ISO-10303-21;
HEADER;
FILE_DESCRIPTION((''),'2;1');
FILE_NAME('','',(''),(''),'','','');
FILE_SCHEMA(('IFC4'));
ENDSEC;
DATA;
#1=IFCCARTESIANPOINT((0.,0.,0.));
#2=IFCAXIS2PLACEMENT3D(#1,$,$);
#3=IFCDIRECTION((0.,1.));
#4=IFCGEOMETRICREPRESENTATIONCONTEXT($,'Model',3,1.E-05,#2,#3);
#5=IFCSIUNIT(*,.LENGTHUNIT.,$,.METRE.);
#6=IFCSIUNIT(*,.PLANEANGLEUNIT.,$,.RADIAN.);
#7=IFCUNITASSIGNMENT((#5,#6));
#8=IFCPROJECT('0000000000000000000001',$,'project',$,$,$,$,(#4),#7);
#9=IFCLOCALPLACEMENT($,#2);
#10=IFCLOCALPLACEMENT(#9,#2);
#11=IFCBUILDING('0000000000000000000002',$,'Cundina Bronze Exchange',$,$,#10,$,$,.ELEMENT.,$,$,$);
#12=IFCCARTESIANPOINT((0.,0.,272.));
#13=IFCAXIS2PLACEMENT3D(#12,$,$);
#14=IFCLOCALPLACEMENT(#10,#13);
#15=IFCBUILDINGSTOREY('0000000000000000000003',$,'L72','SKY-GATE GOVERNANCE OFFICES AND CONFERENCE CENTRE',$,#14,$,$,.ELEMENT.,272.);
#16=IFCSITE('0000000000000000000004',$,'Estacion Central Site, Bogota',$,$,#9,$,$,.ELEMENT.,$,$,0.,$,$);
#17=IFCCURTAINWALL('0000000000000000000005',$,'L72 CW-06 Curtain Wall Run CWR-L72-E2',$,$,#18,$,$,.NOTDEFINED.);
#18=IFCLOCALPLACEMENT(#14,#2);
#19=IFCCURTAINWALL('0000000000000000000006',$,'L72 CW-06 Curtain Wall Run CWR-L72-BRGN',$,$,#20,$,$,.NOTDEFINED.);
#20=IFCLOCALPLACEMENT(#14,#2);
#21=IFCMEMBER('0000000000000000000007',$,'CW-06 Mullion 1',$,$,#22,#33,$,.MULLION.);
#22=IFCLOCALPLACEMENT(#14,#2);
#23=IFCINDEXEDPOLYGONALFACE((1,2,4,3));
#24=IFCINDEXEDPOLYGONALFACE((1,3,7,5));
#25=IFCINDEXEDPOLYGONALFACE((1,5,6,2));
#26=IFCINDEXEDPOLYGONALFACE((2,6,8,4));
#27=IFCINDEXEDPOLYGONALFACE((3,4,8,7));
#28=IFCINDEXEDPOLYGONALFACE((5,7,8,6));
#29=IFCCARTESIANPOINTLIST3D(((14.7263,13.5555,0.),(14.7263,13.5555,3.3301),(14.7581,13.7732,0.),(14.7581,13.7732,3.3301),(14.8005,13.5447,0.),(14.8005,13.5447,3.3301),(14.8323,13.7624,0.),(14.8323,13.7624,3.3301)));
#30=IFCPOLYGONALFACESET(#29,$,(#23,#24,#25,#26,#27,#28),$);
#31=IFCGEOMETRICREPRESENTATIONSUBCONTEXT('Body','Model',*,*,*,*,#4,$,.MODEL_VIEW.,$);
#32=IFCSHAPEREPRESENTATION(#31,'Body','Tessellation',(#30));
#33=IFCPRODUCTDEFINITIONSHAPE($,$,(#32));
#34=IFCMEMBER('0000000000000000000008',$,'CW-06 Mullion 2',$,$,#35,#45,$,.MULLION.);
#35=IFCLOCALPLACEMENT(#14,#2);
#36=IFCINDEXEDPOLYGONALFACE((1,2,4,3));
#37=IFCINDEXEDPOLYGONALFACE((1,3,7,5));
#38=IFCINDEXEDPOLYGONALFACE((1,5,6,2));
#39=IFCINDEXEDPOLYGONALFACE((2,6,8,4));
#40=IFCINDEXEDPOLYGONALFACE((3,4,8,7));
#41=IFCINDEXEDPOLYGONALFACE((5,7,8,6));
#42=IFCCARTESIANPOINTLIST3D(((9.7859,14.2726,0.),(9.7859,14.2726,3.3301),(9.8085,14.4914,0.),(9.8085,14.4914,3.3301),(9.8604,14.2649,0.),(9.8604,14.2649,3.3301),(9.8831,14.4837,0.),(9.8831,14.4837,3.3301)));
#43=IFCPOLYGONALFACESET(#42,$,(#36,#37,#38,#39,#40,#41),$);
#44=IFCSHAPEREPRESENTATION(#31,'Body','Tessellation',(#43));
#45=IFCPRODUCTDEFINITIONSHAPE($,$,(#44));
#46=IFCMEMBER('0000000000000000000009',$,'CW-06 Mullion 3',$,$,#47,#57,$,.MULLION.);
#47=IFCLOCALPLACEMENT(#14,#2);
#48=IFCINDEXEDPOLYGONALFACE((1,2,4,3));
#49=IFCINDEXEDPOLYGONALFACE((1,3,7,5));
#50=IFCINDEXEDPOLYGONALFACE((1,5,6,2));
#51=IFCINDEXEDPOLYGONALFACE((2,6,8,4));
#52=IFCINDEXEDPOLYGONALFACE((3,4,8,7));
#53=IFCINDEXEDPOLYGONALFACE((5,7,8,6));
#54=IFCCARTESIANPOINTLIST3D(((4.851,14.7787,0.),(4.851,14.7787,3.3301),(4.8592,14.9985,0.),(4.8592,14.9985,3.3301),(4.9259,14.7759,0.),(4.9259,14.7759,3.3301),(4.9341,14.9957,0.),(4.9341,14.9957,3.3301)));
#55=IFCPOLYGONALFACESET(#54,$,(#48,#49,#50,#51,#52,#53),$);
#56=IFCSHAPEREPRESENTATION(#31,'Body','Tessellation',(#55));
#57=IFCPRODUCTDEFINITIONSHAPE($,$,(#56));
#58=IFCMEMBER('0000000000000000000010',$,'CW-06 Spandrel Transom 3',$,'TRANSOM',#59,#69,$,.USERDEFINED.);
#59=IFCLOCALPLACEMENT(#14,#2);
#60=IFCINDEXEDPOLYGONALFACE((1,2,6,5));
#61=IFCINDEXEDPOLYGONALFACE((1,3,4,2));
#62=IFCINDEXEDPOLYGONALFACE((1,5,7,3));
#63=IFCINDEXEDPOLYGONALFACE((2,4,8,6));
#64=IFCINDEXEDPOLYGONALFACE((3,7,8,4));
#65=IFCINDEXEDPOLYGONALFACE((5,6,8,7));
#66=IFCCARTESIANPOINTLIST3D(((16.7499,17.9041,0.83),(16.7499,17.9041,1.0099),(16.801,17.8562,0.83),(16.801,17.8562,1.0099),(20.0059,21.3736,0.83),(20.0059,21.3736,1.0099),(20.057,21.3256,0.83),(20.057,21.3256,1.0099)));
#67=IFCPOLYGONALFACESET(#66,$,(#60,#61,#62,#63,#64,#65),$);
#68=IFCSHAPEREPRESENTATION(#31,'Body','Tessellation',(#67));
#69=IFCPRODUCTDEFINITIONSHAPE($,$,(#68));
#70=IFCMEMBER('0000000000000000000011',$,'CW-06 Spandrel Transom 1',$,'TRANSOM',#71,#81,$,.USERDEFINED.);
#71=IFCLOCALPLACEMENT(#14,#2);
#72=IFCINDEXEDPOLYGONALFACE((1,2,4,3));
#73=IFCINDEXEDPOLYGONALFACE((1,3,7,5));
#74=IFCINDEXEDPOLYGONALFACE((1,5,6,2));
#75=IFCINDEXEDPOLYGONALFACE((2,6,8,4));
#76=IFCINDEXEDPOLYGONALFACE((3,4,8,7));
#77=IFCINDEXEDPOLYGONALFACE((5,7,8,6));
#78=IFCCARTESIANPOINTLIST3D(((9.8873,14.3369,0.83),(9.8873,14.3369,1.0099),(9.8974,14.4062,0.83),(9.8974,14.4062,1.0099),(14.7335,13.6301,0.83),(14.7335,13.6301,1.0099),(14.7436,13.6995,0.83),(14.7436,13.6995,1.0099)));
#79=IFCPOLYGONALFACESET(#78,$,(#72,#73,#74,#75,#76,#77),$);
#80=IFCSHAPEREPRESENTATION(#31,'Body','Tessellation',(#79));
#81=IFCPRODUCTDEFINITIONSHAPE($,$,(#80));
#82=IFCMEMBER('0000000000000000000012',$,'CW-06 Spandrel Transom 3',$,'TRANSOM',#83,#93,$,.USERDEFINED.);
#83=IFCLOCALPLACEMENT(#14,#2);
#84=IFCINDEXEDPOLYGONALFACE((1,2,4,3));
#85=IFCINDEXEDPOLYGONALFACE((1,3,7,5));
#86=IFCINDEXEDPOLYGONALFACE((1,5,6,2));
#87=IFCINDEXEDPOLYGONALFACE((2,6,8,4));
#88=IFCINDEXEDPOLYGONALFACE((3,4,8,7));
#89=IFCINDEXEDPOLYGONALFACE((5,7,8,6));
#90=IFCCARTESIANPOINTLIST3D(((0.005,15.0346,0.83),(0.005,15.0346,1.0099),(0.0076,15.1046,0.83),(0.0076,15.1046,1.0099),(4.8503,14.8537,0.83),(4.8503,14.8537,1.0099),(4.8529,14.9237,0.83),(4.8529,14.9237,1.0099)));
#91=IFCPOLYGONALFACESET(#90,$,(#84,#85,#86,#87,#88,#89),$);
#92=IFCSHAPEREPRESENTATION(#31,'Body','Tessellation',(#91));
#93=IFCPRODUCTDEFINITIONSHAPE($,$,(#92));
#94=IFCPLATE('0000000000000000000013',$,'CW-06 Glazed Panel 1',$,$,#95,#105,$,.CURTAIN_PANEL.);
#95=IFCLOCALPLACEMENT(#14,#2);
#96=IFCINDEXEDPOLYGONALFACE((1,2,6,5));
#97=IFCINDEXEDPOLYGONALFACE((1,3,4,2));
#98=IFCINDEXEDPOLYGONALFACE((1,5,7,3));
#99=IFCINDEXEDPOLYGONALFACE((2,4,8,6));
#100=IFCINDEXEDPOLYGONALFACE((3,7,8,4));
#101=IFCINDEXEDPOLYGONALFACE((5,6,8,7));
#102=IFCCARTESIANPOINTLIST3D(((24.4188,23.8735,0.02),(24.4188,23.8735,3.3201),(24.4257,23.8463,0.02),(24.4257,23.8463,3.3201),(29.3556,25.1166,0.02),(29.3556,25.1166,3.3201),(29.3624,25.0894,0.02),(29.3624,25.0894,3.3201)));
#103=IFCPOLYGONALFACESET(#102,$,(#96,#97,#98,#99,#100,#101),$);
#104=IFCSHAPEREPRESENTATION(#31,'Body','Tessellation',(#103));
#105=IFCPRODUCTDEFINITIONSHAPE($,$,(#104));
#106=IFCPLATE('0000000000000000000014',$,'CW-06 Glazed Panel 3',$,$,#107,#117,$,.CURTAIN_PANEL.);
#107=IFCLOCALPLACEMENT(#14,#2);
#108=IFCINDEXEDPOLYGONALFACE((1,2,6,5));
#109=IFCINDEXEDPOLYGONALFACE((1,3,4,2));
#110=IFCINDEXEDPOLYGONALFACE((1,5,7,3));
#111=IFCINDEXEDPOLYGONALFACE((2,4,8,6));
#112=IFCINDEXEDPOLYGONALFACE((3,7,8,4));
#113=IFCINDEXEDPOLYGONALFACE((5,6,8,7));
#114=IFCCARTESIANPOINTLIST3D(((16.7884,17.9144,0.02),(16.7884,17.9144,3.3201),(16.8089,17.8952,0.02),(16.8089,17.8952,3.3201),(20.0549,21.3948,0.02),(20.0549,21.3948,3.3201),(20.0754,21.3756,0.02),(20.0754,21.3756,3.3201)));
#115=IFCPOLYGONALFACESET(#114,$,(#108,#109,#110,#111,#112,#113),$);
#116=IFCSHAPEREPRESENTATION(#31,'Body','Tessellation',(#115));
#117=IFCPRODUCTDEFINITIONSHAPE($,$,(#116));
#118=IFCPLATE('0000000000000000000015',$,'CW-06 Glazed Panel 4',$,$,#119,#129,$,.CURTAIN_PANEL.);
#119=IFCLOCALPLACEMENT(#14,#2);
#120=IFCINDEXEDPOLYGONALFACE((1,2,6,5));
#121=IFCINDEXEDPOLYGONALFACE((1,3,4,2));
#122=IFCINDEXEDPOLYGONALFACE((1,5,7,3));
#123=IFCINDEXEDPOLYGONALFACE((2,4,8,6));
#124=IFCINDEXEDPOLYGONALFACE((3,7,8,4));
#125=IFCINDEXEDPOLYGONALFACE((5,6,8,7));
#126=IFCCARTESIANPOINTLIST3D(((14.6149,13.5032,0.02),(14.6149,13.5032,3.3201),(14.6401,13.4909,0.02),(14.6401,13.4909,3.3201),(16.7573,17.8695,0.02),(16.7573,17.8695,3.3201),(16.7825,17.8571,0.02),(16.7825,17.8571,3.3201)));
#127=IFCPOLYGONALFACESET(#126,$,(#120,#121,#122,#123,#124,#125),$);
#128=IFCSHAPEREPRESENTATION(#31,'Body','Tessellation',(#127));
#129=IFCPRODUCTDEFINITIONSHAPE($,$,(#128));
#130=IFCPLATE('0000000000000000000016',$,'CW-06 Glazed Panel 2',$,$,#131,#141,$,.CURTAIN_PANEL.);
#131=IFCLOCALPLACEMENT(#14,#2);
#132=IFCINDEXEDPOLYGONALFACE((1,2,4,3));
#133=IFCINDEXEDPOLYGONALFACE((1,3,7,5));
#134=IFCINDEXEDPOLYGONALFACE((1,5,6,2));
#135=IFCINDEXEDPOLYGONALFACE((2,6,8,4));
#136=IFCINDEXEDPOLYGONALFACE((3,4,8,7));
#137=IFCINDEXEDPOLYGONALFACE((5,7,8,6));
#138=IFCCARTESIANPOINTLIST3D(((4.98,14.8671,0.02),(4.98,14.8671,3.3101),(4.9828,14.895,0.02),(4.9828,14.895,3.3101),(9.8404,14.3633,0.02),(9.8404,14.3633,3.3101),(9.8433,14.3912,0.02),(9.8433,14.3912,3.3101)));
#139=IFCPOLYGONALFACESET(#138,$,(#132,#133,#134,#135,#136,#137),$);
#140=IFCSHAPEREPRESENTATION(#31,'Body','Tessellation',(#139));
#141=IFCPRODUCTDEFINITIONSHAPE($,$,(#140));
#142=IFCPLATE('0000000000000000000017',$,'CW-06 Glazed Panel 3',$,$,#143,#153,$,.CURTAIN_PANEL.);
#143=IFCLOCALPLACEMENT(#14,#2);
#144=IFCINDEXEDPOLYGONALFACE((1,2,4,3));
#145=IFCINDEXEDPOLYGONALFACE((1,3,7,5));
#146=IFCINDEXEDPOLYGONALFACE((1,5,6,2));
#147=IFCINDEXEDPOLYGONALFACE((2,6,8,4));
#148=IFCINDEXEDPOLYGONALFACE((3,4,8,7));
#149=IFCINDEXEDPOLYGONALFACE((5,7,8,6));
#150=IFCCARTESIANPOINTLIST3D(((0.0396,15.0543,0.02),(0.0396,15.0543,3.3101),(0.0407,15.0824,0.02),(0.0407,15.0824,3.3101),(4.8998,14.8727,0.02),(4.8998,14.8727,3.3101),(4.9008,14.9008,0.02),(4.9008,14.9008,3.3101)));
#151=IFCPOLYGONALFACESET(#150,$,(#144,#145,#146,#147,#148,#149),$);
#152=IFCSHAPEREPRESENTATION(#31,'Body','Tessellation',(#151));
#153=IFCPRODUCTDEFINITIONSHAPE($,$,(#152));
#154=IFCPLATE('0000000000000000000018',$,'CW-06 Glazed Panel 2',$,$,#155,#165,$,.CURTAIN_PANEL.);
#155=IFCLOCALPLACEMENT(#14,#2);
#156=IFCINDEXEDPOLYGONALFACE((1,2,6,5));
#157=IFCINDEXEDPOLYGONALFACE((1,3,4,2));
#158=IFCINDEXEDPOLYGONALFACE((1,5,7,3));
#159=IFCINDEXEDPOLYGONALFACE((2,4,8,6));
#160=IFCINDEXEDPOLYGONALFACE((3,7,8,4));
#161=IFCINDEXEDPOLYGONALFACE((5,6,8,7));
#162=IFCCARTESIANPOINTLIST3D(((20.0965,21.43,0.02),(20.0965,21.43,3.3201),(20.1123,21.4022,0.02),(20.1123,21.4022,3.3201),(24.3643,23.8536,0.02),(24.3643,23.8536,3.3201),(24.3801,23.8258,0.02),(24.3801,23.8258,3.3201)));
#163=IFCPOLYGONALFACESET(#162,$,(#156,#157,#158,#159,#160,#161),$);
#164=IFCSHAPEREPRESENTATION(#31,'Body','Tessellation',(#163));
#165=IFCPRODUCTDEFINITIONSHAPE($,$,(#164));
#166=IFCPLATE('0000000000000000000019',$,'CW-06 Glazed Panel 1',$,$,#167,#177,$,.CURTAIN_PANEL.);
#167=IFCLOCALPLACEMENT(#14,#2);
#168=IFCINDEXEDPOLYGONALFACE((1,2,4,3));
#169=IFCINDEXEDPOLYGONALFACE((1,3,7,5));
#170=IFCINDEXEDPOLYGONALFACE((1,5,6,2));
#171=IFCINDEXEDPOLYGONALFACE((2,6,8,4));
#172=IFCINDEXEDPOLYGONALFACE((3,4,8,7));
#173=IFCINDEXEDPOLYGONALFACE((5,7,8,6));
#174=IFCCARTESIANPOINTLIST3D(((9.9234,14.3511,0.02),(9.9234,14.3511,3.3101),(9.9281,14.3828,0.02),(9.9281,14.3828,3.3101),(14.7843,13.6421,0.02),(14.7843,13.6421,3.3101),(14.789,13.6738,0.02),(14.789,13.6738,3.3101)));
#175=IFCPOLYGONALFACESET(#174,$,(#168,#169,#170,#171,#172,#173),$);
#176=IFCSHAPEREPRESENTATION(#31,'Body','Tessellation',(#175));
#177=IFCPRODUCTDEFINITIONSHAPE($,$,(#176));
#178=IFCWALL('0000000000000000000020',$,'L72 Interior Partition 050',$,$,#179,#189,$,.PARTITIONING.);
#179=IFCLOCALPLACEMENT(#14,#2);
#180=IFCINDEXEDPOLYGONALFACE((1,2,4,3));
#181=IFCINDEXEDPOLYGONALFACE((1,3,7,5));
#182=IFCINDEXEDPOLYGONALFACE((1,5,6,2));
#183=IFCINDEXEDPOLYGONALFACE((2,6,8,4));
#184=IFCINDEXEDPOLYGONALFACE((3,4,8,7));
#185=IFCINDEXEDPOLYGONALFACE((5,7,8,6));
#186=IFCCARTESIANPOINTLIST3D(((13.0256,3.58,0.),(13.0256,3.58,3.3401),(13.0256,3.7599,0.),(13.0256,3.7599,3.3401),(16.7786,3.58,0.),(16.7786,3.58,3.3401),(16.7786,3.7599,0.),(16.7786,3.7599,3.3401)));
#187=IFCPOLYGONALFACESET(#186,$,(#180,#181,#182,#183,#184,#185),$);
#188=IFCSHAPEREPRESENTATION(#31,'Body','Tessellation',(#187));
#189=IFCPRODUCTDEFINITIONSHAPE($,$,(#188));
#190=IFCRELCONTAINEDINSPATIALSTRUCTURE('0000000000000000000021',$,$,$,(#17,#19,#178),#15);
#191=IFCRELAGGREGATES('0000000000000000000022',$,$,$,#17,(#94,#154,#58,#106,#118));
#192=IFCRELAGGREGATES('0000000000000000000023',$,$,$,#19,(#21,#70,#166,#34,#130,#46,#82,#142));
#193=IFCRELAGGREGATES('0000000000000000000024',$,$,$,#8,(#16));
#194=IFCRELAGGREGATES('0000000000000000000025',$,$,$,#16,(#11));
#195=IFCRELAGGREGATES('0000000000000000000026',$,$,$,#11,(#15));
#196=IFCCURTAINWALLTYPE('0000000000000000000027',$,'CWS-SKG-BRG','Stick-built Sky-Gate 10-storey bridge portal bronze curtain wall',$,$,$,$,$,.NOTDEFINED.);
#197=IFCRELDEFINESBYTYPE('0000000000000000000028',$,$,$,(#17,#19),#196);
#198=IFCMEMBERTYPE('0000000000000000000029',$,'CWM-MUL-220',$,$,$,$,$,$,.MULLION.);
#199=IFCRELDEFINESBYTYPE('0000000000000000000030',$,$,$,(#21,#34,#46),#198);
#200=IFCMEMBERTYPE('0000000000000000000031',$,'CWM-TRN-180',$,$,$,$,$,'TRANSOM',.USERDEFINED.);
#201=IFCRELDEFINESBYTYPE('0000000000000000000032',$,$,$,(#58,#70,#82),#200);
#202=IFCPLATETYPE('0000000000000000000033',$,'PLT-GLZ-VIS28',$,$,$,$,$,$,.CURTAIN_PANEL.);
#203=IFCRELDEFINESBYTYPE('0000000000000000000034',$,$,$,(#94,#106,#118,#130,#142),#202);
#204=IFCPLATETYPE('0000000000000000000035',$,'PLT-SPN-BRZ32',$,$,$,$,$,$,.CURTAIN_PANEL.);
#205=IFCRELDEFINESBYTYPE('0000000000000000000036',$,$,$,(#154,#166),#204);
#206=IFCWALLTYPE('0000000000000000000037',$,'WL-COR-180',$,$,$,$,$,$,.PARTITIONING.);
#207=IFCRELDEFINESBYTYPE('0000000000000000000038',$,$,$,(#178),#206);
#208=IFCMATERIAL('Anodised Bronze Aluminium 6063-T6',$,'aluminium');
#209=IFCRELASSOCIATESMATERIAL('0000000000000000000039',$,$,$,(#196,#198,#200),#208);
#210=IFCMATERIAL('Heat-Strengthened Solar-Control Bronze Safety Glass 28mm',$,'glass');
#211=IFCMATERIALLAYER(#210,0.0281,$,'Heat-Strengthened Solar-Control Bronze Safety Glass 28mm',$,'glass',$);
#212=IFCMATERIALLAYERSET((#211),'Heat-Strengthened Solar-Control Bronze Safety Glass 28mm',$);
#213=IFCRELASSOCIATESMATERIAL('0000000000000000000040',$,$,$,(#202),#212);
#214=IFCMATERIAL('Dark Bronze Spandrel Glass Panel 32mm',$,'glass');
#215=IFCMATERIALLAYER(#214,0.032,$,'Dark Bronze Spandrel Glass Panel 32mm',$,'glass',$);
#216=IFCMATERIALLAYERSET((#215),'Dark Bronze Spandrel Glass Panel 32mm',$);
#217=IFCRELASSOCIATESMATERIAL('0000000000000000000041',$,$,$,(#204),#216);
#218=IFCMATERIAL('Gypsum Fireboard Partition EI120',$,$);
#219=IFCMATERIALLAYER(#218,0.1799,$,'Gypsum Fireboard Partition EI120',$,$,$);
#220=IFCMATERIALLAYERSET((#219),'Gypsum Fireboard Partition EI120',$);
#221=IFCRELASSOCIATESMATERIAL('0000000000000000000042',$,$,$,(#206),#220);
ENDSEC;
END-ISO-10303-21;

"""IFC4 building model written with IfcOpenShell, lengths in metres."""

from ifc_helpers import new_model, si_unit, direction, frame, frame_2d, origin, origin_2d, place, context, subcontext, project, spatial, rectangle, extrude, material, layer, layer_set, material_profile, profile_set, type_object, element, aggregate, save


model = new_model("IFC4")

# Units and contexts
model_context = context("Model", 3, precision=1e-05, world=origin(), true_north=direction((0.0, 1.0)))
body_context = subcontext(model_context, "Body", "Model", "MODEL_VIEW")
ifc_project = project(units=[si_unit("LENGTHUNIT", "METRE"), si_unit("PLANEANGLEUNIT", "RADIAN")], contexts=[model_context])

# Site, building, storey
site_placement = place(None, origin())
site = spatial("IfcSite", under=ifc_project, at=site_placement, Name="Estacion Central Site, Bogota", CompositionType="ELEMENT", RefElevation=0.0)
building_placement = place(site_placement, origin())
building = spatial("IfcBuilding", under=site, at=building_placement, Name="Cundina Bronze Exchange", CompositionType="ELEMENT")
storey_placement = place(building_placement, frame((0.0, 0.0, 272.0)))
storey = spatial("IfcBuildingStorey", under=building, at=storey_placement, Name="L72", Description="SKY-GATE GOVERNANCE OFFICES AND CONFERENCE CENTRE", CompositionType="ELEMENT", Elevation=272.0)

# Curtain walls, members
ifc_material_1 = material(Name="Anodised Bronze Aluminium 6063-T6", Category="aluminium")
curtain_wall_type = type_object("IfcCurtainWallType", Name="CWS-SKG-BRG", Description="Stick-built Sky-Gate 10-storey bridge portal bronze curtain wall", PredefinedType="NOTDEFINED", material=ifc_material_1)
curtain_wall_1_placement = place(storey_placement, origin())
curtain_wall_1 = element("IfcCurtainWall", 1, at=curtain_wall_1_placement, inside=storey, type_object=curtain_wall_type, Name="L72 CW-06 Curtain Wall Run CWR-L72-E2", PredefinedType="NOTDEFINED")
ifc_material_profile_1 = material_profile(ifc_material_1, rectangle(XDim=0.075, YDim=0.22, at=origin_2d()), Name="AL75X220", Category="aluminium")
ifc_profile_set_1 = profile_set([ifc_material_profile_1], Name="Anodised Bronze Aluminium 6063-T6")
member_type_1 = type_object("IfcMemberType", Name="CWM-MUL-220", PredefinedType="MULLION", material=ifc_profile_set_1)
curtain_wall_2_placement = place(storey_placement, origin())
curtain_wall_2 = element("IfcCurtainWall", 2, at=curtain_wall_2_placement, inside=storey, type_object=curtain_wall_type, Name="L72 CW-06 Curtain Wall Run CWR-L72-BRGN", PredefinedType="NOTDEFINED")
member_1_placement = place(storey_placement, frame((14.7793, 13.6589, 0.0), z_axis=(0.0, 0.0, 1.0), x_axis=(-0.989526, 0.144356, 0.0)))
member_1 = element("IfcMember", 3, at=member_1_placement, type_object=member_type_1, Name="CW-06 Mullion 1", PredefinedType="MULLION", context=body_context, shape_type="SweptSolid", body=[
    extrude(rectangle(XDim=0.075, YDim=0.22, at=origin_2d()), origin(), (0.0, 0.0, 1.0), 3.3301),
])
member_2_placement = place(storey_placement, frame((9.8345, 14.3782, 0.0), z_axis=(0.0, 0.0, 1.0), x_axis=(-0.994667, 0.10314, 0.0)))
member_2 = element("IfcMember", 4, at=member_2_placement, type_object=member_type_1, Name="CW-06 Mullion 2", PredefinedType="MULLION", context=body_context, shape_type="SweptSolid", body=[
    extrude(rectangle(XDim=0.075, YDim=0.22, at=origin_2d()), origin(), (0.0, 0.0, 1.0), 3.3301),
])
member_3_placement = place(storey_placement, frame((4.8926, 14.8872, 0.0), z_axis=(0.0, 0.0, 1.0), x_axis=(-0.999303, 0.037341, 0.0)))
member_3 = element("IfcMember", 5, at=member_3_placement, type_object=member_type_1, Name="CW-06 Mullion 3", PredefinedType="MULLION", context=body_context, shape_type="SweptSolid", body=[
    extrude(rectangle(XDim=0.075, YDim=0.22, at=origin_2d()), origin(), (0.0, 0.0, 1.0), 3.3301),
])

# Members
ifc_material_profile_2 = material_profile(ifc_material_1, rectangle(XDim=0.0701, YDim=0.1799, at=origin_2d()), Name="AL70X180", Category="aluminium")
ifc_profile_set_2 = profile_set([ifc_material_profile_2], Name="Anodised Bronze Aluminium 6063-T6")
member_type_2 = type_object("IfcMemberType", Name="CWM-TRN-180", ElementType="TRANSOM", PredefinedType="USERDEFINED", material=ifc_profile_set_2)
member_4_placement = place(storey_placement, frame((20.0315, 21.3496, 0.9199), z_axis=(-0.684328, -0.729174, 0.0), x_axis=(0.729174, -0.684328, 0.0)))
member_4 = element("IfcMember", 6, at=member_4_placement, type_object=member_type_2, Name="CW-06 Spandrel Transom 3", ObjectType="TRANSOM", PredefinedType="USERDEFINED", context=body_context, shape_type="SweptSolid", body=[
    extrude(rectangle(XDim=0.0701, YDim=0.1799, at=origin_2d()), origin(), (0.0, 0.0, 1.0), 4.7581),
])
member_5_placement = place(storey_placement, frame((14.7385, 13.6648, 0.9199), z_axis=(-0.989531, 0.144317, 0.0), x_axis=(-0.144317, -0.989531, 0.0)))
member_5 = element("IfcMember", 7, at=member_5_placement, type_object=member_type_2, Name="CW-06 Spandrel Transom 1", ObjectType="TRANSOM", PredefinedType="USERDEFINED", context=body_context, shape_type="SweptSolid", body=[
    extrude(rectangle(XDim=0.0701, YDim=0.1799, at=origin_2d()), origin(), (0.0, 0.0, 1.0), 4.8975),
])
member_6_placement = place(storey_placement, frame((4.8516, 14.8887, 0.9199), z_axis=(-0.999304, 0.037312, 0.0), x_axis=(-0.037312, -0.999304, 0.0)))
member_6 = element("IfcMember", 8, at=member_6_placement, type_object=member_type_2, Name="CW-06 Spandrel Transom 3", ObjectType="TRANSOM", PredefinedType="USERDEFINED", context=body_context, shape_type="SweptSolid", body=[
    extrude(rectangle(XDim=0.0701, YDim=0.1799, at=origin_2d()), origin(), (0.0, 0.0, 1.0), 4.8486),
])

# Plates
ifc_material_2 = material(Name="Heat-Strengthened Solar-Control Bronze Safety Glass 28mm", Category="glass")
ifc_layer_1 = layer(ifc_material_2, 0.0281, Name="Heat-Strengthened Solar-Control Bronze Safety Glass 28mm", Category="glass")
ifc_layer_set_1 = layer_set([ifc_layer_1], Name="Heat-Strengthened Solar-Control Bronze Safety Glass 28mm")
plate_type_1 = type_object("IfcPlateType", Name="PLT-GLZ-VIS28", PredefinedType="CURTAIN_PANEL", material=ifc_layer_set_1)
plate_1_placement = place(storey_placement, frame((26.8906, 24.4814, 0.02), z_axis=(0.0, 0.0, 1.0), x_axis=(-0.969732, -0.244174, 0.0)))
plate_1 = element("IfcPlate", 9, at=plate_1_placement, type_object=plate_type_1, Name="CW-06 Glazed Panel 1", PredefinedType="CURTAIN_PANEL", context=body_context, shape_type="SweptSolid", body=[
    extrude(rectangle(XDim=5.0908, YDim=0.0281, at=origin_2d()), origin(), (0.0, 0.0, 1.0), 3.3),
])
plate_2_placement = place(storey_placement, frame((18.4319, 19.645, 0.02), z_axis=(0.0, 0.0, 1.0), x_axis=(-0.684344, -0.72916, 0.0)))
plate_2 = element("IfcPlate", 10, at=plate_2_placement, type_object=plate_type_1, Name="CW-06 Glazed Panel 3", PredefinedType="CURTAIN_PANEL", context=body_context, shape_type="SweptSolid", body=[
    extrude(rectangle(XDim=4.7732, YDim=0.0281, at=origin_2d()), origin(), (0.0, 0.0, 1.0), 3.3),
])
plate_3_placement = place(storey_placement, frame((15.6987, 15.6802, 0.02), z_axis=(0.0, 0.0, 1.0), x_axis=(-0.440503, -0.897751, 0.0)))
plate_3 = element("IfcPlate", 11, at=plate_3_placement, type_object=plate_type_1, Name="CW-06 Glazed Panel 4", PredefinedType="CURTAIN_PANEL", context=body_context, shape_type="SweptSolid", body=[
    extrude(rectangle(XDim=4.8635, YDim=0.0281, at=origin_2d()), origin(), (0.0, 0.0, 1.0), 3.3),
])
plate_4_placement = place(storey_placement, frame((7.4116, 14.6292, 0.02), z_axis=(0.0, 0.0, 1.0), x_axis=(-0.994672, 0.103088, 0.0)))
plate_4 = element("IfcPlate", 12, at=plate_4_placement, type_object=plate_type_1, Name="CW-06 Glazed Panel 2", PredefinedType="CURTAIN_PANEL", context=body_context, shape_type="SweptSolid", body=[
    extrude(rectangle(XDim=4.8865, YDim=0.0281, at=origin_2d()), origin(), (0.0, 0.0, 1.0), 3.29),
])
plate_5_placement = place(storey_placement, frame((2.4702, 14.9775, 0.02), z_axis=(0.0, 0.0, 1.0), x_axis=(-0.999303, 0.037341, 0.0)))
plate_5 = element("IfcPlate", 13, at=plate_5_placement, type_object=plate_type_1, Name="CW-06 Glazed Panel 3", PredefinedType="CURTAIN_PANEL", context=body_context, shape_type="SweptSolid", body=[
    extrude(rectangle(XDim=4.8635, YDim=0.0281, at=origin_2d()), origin(), (0.0, 0.0, 1.0), 3.29),
])
ifc_material_3 = material(Name="Dark Bronze Spandrel Glass Panel 32mm", Category="glass")
ifc_layer_2 = layer(ifc_material_3, 0.032, Name="Dark Bronze Spandrel Glass Panel 32mm", Category="glass")
ifc_layer_set_2 = layer_set([ifc_layer_2], Name="Dark Bronze Spandrel Glass Panel 32mm")
plate_type_2 = type_object("IfcPlateType", Name="PLT-SPN-BRZ32", PredefinedType="CURTAIN_PANEL", material=ifc_layer_set_2)
plate_6_placement = place(storey_placement, frame((22.2383, 22.6279, 0.02), z_axis=(0.0, 0.0, 1.0), x_axis=(-0.869573, -0.493805, 0.0)))
plate_6 = element("IfcPlate", 14, at=plate_6_placement, type_object=plate_type_2, Name="CW-06 Glazed Panel 2", PredefinedType="CURTAIN_PANEL", context=body_context, shape_type="SweptSolid", body=[
    extrude(rectangle(XDim=4.908, YDim=0.032, at=origin_2d()), origin(), (0.0, 0.0, 1.0), 3.3),
])
aggregate(curtain_wall_1, [plate_1, plate_6, member_4, plate_2, plate_3])
plate_7_placement = place(storey_placement, frame((12.3562, 14.0125, 0.02), z_axis=(0.0, 0.0, 1.0), x_axis=(-0.989528, 0.144339, 0.0)))
plate_7 = element("IfcPlate", 15, at=plate_7_placement, type_object=plate_type_2, Name="CW-06 Glazed Panel 1", PredefinedType="CURTAIN_PANEL", context=body_context, shape_type="SweptSolid", body=[
    extrude(rectangle(XDim=4.9124, YDim=0.032, at=origin_2d()), origin(), (0.0, 0.0, 1.0), 3.29),
])
aggregate(curtain_wall_2, [member_1, member_5, plate_7, member_2, plate_4, member_3, member_6, plate_5])

# Wall
ifc_material_4 = material(Name="Gypsum Fireboard Partition EI120")
ifc_layer_3 = layer(ifc_material_4, 0.1799, Name="Gypsum Fireboard Partition EI120")
ifc_layer_set_3 = layer_set([ifc_layer_3], Name="Gypsum Fireboard Partition EI120")
wall_type = type_object("IfcWallType", Name="WL-COR-180", PredefinedType="PARTITIONING", material=ifc_layer_set_3)
wall_1_placement = place(storey_placement, frame((16.7786, 3.6699, 0.0), z_axis=(0.0, 0.0, 1.0), x_axis=(-1.0, 0.0, 0.0)))
element("IfcWall", 16, at=wall_1_placement, inside=storey, type_object=wall_type, Name="L72 Interior Partition 050", PredefinedType="PARTITIONING", context=body_context, shape_type="SweptSolid", body=[
    extrude(rectangle(XDim=3.7529, YDim=0.1799, at=frame_2d((1.8765, 0.0))), origin(), (0.0, 0.0, 1.0), 3.3401),
])

save(model, "model.ifc")
